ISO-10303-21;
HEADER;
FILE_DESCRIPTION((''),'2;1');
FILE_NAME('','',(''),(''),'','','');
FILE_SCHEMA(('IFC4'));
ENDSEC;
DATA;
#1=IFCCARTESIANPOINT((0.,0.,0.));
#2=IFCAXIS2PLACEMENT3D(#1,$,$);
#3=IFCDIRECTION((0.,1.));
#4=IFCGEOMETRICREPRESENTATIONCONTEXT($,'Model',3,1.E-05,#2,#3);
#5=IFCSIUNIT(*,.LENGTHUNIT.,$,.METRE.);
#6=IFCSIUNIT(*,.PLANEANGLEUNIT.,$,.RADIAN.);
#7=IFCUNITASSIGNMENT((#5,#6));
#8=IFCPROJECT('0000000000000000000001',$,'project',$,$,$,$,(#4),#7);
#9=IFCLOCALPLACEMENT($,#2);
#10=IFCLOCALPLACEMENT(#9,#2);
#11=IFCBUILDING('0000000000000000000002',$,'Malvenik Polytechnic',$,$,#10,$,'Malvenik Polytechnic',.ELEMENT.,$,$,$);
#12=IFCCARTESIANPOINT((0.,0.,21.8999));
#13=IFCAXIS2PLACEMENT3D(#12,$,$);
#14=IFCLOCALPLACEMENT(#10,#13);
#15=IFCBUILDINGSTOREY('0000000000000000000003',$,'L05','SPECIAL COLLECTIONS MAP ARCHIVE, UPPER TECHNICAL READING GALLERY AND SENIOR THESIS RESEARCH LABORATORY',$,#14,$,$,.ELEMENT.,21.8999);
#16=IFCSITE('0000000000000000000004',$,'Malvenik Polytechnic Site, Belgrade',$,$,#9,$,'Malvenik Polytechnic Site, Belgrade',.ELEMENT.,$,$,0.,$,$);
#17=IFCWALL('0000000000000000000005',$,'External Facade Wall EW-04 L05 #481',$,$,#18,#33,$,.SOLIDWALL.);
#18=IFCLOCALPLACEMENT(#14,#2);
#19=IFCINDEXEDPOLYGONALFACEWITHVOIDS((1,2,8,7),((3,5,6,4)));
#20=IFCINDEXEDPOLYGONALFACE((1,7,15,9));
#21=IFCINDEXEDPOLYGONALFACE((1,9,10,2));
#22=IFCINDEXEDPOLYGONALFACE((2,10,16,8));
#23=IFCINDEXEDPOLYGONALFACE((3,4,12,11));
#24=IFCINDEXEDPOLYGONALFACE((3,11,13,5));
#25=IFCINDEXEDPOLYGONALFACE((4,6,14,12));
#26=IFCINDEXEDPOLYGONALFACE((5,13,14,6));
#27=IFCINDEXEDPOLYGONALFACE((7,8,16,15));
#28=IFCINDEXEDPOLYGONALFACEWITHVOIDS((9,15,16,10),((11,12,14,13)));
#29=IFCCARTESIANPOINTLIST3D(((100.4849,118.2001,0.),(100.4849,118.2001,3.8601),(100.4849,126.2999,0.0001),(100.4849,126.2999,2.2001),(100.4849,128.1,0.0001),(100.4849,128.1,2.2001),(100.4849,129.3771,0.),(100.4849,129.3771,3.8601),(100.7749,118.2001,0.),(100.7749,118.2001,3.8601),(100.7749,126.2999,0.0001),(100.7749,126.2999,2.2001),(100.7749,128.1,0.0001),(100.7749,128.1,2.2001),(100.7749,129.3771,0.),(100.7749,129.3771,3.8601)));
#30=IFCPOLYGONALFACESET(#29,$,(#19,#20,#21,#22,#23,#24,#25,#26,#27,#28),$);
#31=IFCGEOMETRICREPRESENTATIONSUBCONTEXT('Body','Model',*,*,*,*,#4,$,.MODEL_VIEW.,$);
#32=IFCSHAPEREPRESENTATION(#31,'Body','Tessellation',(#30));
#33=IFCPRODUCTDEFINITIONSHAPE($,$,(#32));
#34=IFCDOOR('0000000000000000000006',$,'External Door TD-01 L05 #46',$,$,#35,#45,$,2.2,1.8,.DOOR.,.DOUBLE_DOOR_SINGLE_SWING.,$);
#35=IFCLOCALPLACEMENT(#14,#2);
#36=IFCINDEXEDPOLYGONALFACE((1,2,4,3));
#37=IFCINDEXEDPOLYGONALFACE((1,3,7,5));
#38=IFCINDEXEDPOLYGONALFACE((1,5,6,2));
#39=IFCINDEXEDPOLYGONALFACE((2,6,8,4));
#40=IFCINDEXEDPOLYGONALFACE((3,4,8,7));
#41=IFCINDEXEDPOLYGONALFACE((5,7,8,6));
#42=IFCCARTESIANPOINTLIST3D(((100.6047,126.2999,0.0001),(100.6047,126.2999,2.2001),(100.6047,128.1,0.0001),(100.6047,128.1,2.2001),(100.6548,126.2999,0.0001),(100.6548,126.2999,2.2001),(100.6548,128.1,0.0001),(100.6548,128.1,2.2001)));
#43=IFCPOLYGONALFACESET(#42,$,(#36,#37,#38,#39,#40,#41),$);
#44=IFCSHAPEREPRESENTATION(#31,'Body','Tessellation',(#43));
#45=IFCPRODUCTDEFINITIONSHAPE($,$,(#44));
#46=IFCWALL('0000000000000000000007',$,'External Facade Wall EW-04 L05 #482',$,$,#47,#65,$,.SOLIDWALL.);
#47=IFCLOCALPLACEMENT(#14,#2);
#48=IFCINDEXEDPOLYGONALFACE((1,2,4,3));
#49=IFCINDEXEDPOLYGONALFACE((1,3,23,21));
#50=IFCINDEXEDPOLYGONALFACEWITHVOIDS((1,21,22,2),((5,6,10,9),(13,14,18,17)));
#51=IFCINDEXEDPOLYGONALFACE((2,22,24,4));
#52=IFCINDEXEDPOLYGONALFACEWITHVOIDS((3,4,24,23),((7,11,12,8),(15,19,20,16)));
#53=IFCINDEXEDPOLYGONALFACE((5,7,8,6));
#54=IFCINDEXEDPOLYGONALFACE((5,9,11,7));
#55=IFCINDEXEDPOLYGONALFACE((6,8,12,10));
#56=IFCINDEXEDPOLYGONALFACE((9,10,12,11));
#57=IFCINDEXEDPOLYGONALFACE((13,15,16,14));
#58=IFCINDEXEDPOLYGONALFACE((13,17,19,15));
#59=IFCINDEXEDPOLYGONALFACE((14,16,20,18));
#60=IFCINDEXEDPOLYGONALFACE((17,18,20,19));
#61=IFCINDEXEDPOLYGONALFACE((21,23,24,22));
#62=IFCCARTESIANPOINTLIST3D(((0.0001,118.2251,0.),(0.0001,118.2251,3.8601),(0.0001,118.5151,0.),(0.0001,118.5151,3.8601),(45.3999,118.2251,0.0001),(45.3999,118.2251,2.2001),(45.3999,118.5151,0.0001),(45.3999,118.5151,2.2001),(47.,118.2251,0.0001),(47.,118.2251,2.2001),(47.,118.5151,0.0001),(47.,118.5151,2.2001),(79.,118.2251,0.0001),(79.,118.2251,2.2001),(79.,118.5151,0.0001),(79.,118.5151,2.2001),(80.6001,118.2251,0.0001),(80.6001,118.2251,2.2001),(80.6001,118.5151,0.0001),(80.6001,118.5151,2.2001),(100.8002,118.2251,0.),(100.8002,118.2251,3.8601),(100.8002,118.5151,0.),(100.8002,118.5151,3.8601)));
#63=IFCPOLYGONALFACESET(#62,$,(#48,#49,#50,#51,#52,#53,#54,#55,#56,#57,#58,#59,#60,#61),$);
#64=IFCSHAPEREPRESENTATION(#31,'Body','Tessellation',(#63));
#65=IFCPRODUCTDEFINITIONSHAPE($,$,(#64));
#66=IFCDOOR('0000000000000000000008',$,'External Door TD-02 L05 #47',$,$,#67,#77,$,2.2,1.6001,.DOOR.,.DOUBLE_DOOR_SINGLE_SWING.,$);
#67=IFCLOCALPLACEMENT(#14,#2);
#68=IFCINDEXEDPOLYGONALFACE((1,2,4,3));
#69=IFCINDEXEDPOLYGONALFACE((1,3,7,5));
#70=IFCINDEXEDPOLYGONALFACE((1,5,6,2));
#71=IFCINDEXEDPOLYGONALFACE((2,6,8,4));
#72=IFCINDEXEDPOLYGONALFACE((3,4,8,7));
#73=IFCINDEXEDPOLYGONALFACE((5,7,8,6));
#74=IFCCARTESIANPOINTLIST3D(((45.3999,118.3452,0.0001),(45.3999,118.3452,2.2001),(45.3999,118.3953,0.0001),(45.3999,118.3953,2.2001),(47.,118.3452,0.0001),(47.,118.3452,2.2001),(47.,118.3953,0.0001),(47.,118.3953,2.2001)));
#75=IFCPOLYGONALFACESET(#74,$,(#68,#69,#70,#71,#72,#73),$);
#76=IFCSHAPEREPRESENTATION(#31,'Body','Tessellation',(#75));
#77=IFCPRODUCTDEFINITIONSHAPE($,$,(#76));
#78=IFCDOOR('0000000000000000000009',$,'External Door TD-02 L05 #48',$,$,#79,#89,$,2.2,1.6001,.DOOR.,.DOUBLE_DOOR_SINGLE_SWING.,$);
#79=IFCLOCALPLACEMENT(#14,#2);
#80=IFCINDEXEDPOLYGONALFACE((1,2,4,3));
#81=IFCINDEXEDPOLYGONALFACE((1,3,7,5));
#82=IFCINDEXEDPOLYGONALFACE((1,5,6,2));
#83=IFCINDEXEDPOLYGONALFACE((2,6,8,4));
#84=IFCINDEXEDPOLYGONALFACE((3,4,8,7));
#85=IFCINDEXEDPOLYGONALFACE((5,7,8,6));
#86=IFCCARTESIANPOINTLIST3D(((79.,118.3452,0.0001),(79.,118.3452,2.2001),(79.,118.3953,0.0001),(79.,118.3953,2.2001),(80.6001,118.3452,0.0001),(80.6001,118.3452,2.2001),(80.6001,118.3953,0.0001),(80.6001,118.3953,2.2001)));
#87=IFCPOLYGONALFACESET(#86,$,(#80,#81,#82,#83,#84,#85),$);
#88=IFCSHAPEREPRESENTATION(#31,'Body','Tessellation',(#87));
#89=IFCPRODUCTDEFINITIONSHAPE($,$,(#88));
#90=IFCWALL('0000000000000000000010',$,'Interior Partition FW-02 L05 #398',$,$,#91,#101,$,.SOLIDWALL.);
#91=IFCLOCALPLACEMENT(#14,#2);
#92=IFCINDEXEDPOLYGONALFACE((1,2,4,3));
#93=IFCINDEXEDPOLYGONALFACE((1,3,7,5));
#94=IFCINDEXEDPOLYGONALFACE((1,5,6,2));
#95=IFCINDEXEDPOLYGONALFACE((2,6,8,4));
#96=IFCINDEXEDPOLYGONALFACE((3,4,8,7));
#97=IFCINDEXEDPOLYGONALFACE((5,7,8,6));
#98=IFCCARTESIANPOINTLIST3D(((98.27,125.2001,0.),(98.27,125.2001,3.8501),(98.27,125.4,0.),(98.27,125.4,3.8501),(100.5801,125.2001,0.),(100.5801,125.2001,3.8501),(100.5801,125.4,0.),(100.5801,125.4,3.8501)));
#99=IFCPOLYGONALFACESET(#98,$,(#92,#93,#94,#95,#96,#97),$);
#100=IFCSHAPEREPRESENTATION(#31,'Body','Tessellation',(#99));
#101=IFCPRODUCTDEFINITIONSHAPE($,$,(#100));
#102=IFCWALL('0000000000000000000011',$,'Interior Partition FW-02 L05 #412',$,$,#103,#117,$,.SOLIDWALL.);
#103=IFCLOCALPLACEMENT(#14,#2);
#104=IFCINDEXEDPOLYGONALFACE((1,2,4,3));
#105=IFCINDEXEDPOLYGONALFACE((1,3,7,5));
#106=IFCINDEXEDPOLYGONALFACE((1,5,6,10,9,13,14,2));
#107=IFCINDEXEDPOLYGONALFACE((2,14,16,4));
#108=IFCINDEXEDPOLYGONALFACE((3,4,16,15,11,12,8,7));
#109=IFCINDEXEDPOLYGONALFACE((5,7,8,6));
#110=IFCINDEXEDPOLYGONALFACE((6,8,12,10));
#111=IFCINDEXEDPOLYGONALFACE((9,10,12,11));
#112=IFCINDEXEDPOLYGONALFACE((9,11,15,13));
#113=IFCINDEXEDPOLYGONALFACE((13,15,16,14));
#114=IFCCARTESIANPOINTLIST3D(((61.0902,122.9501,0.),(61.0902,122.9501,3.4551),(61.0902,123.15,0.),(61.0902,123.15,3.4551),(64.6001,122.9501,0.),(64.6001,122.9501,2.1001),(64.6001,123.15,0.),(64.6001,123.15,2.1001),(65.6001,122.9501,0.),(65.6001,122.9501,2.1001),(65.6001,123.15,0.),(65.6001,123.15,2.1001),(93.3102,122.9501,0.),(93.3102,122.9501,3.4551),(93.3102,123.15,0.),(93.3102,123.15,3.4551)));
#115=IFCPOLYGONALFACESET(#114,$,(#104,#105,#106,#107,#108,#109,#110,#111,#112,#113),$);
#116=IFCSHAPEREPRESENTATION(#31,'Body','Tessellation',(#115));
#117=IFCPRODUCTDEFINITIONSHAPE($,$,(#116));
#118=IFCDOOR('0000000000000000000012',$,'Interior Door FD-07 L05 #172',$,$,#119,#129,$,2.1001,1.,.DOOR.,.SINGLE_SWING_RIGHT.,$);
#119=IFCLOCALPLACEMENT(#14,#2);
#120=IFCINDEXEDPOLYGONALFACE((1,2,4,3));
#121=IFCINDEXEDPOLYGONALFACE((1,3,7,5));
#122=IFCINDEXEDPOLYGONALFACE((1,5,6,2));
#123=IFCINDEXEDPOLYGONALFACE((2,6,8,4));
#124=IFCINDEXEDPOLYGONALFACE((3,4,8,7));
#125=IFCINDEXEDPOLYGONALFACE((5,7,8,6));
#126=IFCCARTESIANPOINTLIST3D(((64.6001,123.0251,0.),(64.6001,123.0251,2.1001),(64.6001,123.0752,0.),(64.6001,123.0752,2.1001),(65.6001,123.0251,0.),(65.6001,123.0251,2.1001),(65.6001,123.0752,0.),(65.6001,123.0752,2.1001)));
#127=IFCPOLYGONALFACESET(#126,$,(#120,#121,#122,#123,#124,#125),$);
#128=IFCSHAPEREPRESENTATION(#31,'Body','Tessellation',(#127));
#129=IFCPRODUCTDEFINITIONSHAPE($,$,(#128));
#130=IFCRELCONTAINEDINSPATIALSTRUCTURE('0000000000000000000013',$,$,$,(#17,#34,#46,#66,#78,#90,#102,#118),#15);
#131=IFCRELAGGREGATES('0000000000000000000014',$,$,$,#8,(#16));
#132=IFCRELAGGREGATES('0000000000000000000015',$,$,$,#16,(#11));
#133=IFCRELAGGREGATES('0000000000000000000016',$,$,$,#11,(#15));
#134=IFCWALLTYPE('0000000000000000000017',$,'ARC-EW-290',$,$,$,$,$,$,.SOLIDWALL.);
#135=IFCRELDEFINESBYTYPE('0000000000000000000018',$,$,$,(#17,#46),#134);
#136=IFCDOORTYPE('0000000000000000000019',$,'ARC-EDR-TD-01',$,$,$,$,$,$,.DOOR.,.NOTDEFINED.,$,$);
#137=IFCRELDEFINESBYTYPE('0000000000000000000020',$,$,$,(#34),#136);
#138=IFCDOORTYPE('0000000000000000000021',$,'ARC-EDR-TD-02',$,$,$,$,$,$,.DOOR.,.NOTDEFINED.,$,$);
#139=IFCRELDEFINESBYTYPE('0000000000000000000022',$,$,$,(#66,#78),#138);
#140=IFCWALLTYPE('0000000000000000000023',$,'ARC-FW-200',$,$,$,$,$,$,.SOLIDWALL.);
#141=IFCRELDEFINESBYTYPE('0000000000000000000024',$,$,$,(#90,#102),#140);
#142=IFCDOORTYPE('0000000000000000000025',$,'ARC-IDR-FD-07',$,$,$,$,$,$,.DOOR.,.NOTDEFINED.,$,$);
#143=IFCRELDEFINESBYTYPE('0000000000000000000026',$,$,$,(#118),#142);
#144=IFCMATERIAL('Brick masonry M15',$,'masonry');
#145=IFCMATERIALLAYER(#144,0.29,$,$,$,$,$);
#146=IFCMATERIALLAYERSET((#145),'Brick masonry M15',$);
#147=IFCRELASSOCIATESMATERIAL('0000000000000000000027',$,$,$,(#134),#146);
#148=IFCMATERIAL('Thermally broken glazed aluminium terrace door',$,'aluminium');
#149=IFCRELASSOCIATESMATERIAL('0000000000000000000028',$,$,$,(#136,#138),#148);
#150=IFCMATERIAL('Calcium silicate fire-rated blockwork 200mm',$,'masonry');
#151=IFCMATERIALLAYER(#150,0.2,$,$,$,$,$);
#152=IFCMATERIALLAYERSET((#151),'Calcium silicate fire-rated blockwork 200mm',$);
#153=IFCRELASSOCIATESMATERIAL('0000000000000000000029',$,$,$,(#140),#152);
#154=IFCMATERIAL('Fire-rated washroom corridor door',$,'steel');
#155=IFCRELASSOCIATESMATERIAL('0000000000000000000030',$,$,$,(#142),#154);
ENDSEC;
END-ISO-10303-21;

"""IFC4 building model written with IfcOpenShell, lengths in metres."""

from ifc_helpers import new_model, si_unit, direction, frame, frame_2d, origin, place, context, subcontext, project, spatial, rectangle, extrude, material, layer, layer_set, type_object, element, fill, save


model = new_model("IFC4")

# Units and contexts
model_context = context("Model", 3, precision=1e-05, world=origin(), true_north=direction((0.0, 1.0)))
body_context = subcontext(model_context, "Body", "Model", "MODEL_VIEW")
ifc_project = project(units=[si_unit("LENGTHUNIT", "METRE"), si_unit("PLANEANGLEUNIT", "RADIAN")], contexts=[model_context])

# Site, building, storey
site_placement = place(None, origin())
site = spatial("IfcSite", under=ifc_project, at=site_placement, Name="Malvenik Polytechnic Site, Belgrade", LongName="Malvenik Polytechnic Site, Belgrade", CompositionType="ELEMENT", RefElevation=0.0)
building_placement = place(site_placement, origin())
building = spatial("IfcBuilding", under=site, at=building_placement, Name="Malvenik Polytechnic", LongName="Malvenik Polytechnic", CompositionType="ELEMENT")
storey_placement = place(building_placement, frame((0.0, 0.0, 21.8999)))
storey = spatial("IfcBuildingStorey", under=building, at=storey_placement, Name="L05", Description="SPECIAL COLLECTIONS MAP ARCHIVE, UPPER TECHNICAL READING GALLERY AND SENIOR THESIS RESEARCH LABORATORY", CompositionType="ELEMENT", Elevation=21.8999)

# Wall, opening, door
ifc_material_1 = material(Name="Brick masonry M15", Category="masonry")
ifc_layer_1 = layer(ifc_material_1, 0.29)
ifc_layer_set_1 = layer_set([ifc_layer_1], Name="Brick masonry M15")
wall_type_1 = type_object("IfcWallType", Name="ARC-EW-290", PredefinedType="SOLIDWALL", material=ifc_layer_set_1)
wall_1_placement = place(storey_placement, frame((100.6299, 129.377, 0.0), z_axis=(0.0, 0.0, 1.0), x_axis=(0.0, -1.0, 0.0)))
wall_1 = element("IfcWall", 1, at=wall_1_placement, inside=storey, type_object=wall_type_1, Name="External Facade Wall EW-04 L05 #481", PredefinedType="SOLIDWALL", context=body_context, shape_type="SweptSolid", body=[
    extrude(rectangle(XDim=11.177, YDim=0.29, at=frame_2d((5.5884, 0.0))), origin(), (0.0, 0.0, 1.0), 3.8601),
])
opening_1_placement = place(wall_1_placement, frame((1.2771, 0.0, 0.0)))
opening_1 = element("IfcOpeningElement", 2, at=opening_1_placement, cuts=wall_1, PredefinedType="OPENING", context=body_context, shape_type="SweptSolid", body=[
    extrude(rectangle(XDim=1.8, YDim=2.2, at=frame_2d((0.8999, 1.1001))), frame((0.0, 0.155, 0.0), z_axis=(0.0, -1.0, 0.0), x_axis=(1.0, 0.0, 0.0)), (0.0, 0.0, 1.0), 0.3101),
])
ifc_material_2 = material(Name="Thermally broken glazed aluminium terrace door", Category="aluminium")
door_type_1 = type_object("IfcDoorType", Name="ARC-EDR-TD-01", OperationType="NOTDEFINED", PredefinedType="DOOR", material=ifc_material_2)
door_1_placement = place(opening_1_placement, origin())
door_1 = element("IfcDoor", 3, at=door_1_placement, inside=storey, type_object=door_type_1, Name="External Door TD-01 L05 #46", OperationType="DOUBLE_DOOR_SINGLE_SWING", OverallHeight=2.2, OverallWidth=1.8, PredefinedType="DOOR", context=body_context, shape_type="SweptSolid", body=[
    extrude(rectangle(XDim=1.8, YDim=2.2, at=frame_2d((0.8999, 1.1001))), frame((0.0, 0.0249, 0.0), z_axis=(0.0, -1.0, 0.0), x_axis=(1.0, 0.0, 0.0)), (0.0, 0.0, 1.0), 0.05),
])
fill(opening_1, door_1)

# Wall, openings, doors
wall_2_placement = place(storey_placement, frame((100.8, 118.3701, 0.0), z_axis=(0.0, 0.0, 1.0), x_axis=(-1.0, 0.0, 0.0)))
wall_2 = element("IfcWall", 4, at=wall_2_placement, inside=storey, type_object=wall_type_1, Name="External Facade Wall EW-04 L05 #482", PredefinedType="SOLIDWALL", context=body_context, shape_type="SweptSolid", body=[
    extrude(rectangle(XDim=100.8, YDim=0.29, at=frame_2d((50.3999, 0.0))), origin(), (0.0, 0.0, 1.0), 3.8601),
])
opening_2_placement = place(wall_2_placement, frame((53.8, 0.0, 0.0)))
opening_2 = element("IfcOpeningElement", 5, at=opening_2_placement, cuts=wall_2, PredefinedType="OPENING", context=body_context, shape_type="SweptSolid", body=[
    extrude(rectangle(XDim=1.6001, YDim=2.2, at=frame_2d((0.8, 1.1001))), frame((0.0, 0.155, 0.0), z_axis=(0.0, -1.0, 0.0), x_axis=(1.0, 0.0, 0.0)), (0.0, 0.0, 1.0), 0.3101),
])
opening_3_placement = place(wall_2_placement, frame((20.2, 0.0, 0.0)))
opening_3 = element("IfcOpeningElement", 6, at=opening_3_placement, cuts=wall_2, PredefinedType="OPENING", context=body_context, shape_type="SweptSolid", body=[
    extrude(rectangle(XDim=1.6001, YDim=2.2, at=frame_2d((0.8, 1.1001))), frame((0.0, 0.155, 0.0), z_axis=(0.0, -1.0, 0.0), x_axis=(1.0, 0.0, 0.0)), (0.0, 0.0, 1.0), 0.3101),
])
door_type_2 = type_object("IfcDoorType", Name="ARC-EDR-TD-02", OperationType="NOTDEFINED", PredefinedType="DOOR", material=ifc_material_2)
door_2_placement = place(opening_2_placement, origin())
door_2 = element("IfcDoor", 7, at=door_2_placement, inside=storey, type_object=door_type_2, Name="External Door TD-02 L05 #47", OperationType="DOUBLE_DOOR_SINGLE_SWING", OverallHeight=2.2, OverallWidth=1.6001, PredefinedType="DOOR", context=body_context, shape_type="SweptSolid", body=[
    extrude(rectangle(XDim=1.6001, YDim=2.2, at=frame_2d((0.8, 1.1001))), frame((0.0, 0.0249, 0.0), z_axis=(0.0, -1.0, 0.0), x_axis=(1.0, 0.0, 0.0)), (0.0, 0.0, 1.0), 0.05),
])
fill(opening_2, door_2)
door_3_placement = place(opening_3_placement, origin())
door_3 = element("IfcDoor", 8, at=door_3_placement, inside=storey, type_object=door_type_2, Name="External Door TD-02 L05 #48", OperationType="DOUBLE_DOOR_SINGLE_SWING", OverallHeight=2.2, OverallWidth=1.6001, PredefinedType="DOOR", context=body_context, shape_type="SweptSolid", body=[
    extrude(rectangle(XDim=1.6001, YDim=2.2, at=frame_2d((0.8, 1.1001))), frame((0.0, 0.0249, 0.0), z_axis=(0.0, -1.0, 0.0), x_axis=(1.0, 0.0, 0.0)), (0.0, 0.0, 1.0), 0.05),
])
fill(opening_3, door_3)

# Wall
ifc_material_3 = material(Name="Calcium silicate fire-rated blockwork 200mm", Category="masonry")
ifc_layer_2 = layer(ifc_material_3, 0.2)
ifc_layer_set_2 = layer_set([ifc_layer_2], Name="Calcium silicate fire-rated blockwork 200mm")
wall_type_2 = type_object("IfcWallType", Name="ARC-FW-200", PredefinedType="SOLIDWALL", material=ifc_layer_set_2)
wall_3_placement = place(storey_placement, frame((98.27, 125.3, 0.0), z_axis=(0.0, 0.0, 1.0), x_axis=(1.0, 0.0, 0.0)))
element("IfcWall", 9, at=wall_3_placement, inside=storey, type_object=wall_type_2, Name="Interior Partition FW-02 L05 #398", PredefinedType="SOLIDWALL", context=body_context, shape_type="SweptSolid", body=[
    extrude(rectangle(XDim=2.3101, YDim=0.2, at=frame_2d((1.155, 0.0))), origin(), (0.0, 0.0, 1.0), 3.8501),
])

# Wall, opening, door
wall_4_placement = place(storey_placement, frame((93.3101, 123.05, 0.0), z_axis=(0.0, 0.0, 1.0), x_axis=(-1.0, 0.0, 0.0)))
wall_4 = element("IfcWall", 10, at=wall_4_placement, inside=storey, type_object=wall_type_2, Name="Interior Partition FW-02 L05 #412", PredefinedType="SOLIDWALL", context=body_context, shape_type="SweptSolid", body=[
    extrude(rectangle(XDim=32.22, YDim=0.2, at=frame_2d((16.1099, 0.0))), origin(), (0.0, 0.0, 1.0), 3.4551),
])
opening_4_placement = place(wall_4_placement, frame((27.71, 0.0, 0.0)))
opening_4 = element("IfcOpeningElement", 11, at=opening_4_placement, cuts=wall_4, PredefinedType="OPENING", context=body_context, shape_type="SweptSolid", body=[
    extrude(rectangle(XDim=1.0, YDim=2.1001, at=frame_2d((0.5, 1.05))), frame((0.0, 0.1099, 0.0), z_axis=(0.0, -1.0, 0.0), x_axis=(1.0, 0.0, 0.0)), (0.0, 0.0, 1.0), 0.22),
])
ifc_material_4 = material(Name="Fire-rated washroom corridor door", Category="steel")
door_type_3 = type_object("IfcDoorType", Name="ARC-IDR-FD-07", OperationType="NOTDEFINED", PredefinedType="DOOR", material=ifc_material_4)
door_4_placement = place(opening_4_placement, origin())
door_4 = element("IfcDoor", 12, at=door_4_placement, inside=storey, type_object=door_type_3, Name="Interior Door FD-07 L05 #172", OperationType="SINGLE_SWING_RIGHT", OverallHeight=2.1001, OverallWidth=1.0, PredefinedType="DOOR", context=body_context, shape_type="SweptSolid", body=[
    extrude(rectangle(XDim=1.0, YDim=2.1001, at=frame_2d((0.5, 1.05))), frame((0.0, 0.0249, 0.0), z_axis=(0.0, -1.0, 0.0), x_axis=(1.0, 0.0, 0.0)), (0.0, 0.0, 1.0), 0.05),
])
fill(opening_4, door_4)

save(model, "model.ifc")
